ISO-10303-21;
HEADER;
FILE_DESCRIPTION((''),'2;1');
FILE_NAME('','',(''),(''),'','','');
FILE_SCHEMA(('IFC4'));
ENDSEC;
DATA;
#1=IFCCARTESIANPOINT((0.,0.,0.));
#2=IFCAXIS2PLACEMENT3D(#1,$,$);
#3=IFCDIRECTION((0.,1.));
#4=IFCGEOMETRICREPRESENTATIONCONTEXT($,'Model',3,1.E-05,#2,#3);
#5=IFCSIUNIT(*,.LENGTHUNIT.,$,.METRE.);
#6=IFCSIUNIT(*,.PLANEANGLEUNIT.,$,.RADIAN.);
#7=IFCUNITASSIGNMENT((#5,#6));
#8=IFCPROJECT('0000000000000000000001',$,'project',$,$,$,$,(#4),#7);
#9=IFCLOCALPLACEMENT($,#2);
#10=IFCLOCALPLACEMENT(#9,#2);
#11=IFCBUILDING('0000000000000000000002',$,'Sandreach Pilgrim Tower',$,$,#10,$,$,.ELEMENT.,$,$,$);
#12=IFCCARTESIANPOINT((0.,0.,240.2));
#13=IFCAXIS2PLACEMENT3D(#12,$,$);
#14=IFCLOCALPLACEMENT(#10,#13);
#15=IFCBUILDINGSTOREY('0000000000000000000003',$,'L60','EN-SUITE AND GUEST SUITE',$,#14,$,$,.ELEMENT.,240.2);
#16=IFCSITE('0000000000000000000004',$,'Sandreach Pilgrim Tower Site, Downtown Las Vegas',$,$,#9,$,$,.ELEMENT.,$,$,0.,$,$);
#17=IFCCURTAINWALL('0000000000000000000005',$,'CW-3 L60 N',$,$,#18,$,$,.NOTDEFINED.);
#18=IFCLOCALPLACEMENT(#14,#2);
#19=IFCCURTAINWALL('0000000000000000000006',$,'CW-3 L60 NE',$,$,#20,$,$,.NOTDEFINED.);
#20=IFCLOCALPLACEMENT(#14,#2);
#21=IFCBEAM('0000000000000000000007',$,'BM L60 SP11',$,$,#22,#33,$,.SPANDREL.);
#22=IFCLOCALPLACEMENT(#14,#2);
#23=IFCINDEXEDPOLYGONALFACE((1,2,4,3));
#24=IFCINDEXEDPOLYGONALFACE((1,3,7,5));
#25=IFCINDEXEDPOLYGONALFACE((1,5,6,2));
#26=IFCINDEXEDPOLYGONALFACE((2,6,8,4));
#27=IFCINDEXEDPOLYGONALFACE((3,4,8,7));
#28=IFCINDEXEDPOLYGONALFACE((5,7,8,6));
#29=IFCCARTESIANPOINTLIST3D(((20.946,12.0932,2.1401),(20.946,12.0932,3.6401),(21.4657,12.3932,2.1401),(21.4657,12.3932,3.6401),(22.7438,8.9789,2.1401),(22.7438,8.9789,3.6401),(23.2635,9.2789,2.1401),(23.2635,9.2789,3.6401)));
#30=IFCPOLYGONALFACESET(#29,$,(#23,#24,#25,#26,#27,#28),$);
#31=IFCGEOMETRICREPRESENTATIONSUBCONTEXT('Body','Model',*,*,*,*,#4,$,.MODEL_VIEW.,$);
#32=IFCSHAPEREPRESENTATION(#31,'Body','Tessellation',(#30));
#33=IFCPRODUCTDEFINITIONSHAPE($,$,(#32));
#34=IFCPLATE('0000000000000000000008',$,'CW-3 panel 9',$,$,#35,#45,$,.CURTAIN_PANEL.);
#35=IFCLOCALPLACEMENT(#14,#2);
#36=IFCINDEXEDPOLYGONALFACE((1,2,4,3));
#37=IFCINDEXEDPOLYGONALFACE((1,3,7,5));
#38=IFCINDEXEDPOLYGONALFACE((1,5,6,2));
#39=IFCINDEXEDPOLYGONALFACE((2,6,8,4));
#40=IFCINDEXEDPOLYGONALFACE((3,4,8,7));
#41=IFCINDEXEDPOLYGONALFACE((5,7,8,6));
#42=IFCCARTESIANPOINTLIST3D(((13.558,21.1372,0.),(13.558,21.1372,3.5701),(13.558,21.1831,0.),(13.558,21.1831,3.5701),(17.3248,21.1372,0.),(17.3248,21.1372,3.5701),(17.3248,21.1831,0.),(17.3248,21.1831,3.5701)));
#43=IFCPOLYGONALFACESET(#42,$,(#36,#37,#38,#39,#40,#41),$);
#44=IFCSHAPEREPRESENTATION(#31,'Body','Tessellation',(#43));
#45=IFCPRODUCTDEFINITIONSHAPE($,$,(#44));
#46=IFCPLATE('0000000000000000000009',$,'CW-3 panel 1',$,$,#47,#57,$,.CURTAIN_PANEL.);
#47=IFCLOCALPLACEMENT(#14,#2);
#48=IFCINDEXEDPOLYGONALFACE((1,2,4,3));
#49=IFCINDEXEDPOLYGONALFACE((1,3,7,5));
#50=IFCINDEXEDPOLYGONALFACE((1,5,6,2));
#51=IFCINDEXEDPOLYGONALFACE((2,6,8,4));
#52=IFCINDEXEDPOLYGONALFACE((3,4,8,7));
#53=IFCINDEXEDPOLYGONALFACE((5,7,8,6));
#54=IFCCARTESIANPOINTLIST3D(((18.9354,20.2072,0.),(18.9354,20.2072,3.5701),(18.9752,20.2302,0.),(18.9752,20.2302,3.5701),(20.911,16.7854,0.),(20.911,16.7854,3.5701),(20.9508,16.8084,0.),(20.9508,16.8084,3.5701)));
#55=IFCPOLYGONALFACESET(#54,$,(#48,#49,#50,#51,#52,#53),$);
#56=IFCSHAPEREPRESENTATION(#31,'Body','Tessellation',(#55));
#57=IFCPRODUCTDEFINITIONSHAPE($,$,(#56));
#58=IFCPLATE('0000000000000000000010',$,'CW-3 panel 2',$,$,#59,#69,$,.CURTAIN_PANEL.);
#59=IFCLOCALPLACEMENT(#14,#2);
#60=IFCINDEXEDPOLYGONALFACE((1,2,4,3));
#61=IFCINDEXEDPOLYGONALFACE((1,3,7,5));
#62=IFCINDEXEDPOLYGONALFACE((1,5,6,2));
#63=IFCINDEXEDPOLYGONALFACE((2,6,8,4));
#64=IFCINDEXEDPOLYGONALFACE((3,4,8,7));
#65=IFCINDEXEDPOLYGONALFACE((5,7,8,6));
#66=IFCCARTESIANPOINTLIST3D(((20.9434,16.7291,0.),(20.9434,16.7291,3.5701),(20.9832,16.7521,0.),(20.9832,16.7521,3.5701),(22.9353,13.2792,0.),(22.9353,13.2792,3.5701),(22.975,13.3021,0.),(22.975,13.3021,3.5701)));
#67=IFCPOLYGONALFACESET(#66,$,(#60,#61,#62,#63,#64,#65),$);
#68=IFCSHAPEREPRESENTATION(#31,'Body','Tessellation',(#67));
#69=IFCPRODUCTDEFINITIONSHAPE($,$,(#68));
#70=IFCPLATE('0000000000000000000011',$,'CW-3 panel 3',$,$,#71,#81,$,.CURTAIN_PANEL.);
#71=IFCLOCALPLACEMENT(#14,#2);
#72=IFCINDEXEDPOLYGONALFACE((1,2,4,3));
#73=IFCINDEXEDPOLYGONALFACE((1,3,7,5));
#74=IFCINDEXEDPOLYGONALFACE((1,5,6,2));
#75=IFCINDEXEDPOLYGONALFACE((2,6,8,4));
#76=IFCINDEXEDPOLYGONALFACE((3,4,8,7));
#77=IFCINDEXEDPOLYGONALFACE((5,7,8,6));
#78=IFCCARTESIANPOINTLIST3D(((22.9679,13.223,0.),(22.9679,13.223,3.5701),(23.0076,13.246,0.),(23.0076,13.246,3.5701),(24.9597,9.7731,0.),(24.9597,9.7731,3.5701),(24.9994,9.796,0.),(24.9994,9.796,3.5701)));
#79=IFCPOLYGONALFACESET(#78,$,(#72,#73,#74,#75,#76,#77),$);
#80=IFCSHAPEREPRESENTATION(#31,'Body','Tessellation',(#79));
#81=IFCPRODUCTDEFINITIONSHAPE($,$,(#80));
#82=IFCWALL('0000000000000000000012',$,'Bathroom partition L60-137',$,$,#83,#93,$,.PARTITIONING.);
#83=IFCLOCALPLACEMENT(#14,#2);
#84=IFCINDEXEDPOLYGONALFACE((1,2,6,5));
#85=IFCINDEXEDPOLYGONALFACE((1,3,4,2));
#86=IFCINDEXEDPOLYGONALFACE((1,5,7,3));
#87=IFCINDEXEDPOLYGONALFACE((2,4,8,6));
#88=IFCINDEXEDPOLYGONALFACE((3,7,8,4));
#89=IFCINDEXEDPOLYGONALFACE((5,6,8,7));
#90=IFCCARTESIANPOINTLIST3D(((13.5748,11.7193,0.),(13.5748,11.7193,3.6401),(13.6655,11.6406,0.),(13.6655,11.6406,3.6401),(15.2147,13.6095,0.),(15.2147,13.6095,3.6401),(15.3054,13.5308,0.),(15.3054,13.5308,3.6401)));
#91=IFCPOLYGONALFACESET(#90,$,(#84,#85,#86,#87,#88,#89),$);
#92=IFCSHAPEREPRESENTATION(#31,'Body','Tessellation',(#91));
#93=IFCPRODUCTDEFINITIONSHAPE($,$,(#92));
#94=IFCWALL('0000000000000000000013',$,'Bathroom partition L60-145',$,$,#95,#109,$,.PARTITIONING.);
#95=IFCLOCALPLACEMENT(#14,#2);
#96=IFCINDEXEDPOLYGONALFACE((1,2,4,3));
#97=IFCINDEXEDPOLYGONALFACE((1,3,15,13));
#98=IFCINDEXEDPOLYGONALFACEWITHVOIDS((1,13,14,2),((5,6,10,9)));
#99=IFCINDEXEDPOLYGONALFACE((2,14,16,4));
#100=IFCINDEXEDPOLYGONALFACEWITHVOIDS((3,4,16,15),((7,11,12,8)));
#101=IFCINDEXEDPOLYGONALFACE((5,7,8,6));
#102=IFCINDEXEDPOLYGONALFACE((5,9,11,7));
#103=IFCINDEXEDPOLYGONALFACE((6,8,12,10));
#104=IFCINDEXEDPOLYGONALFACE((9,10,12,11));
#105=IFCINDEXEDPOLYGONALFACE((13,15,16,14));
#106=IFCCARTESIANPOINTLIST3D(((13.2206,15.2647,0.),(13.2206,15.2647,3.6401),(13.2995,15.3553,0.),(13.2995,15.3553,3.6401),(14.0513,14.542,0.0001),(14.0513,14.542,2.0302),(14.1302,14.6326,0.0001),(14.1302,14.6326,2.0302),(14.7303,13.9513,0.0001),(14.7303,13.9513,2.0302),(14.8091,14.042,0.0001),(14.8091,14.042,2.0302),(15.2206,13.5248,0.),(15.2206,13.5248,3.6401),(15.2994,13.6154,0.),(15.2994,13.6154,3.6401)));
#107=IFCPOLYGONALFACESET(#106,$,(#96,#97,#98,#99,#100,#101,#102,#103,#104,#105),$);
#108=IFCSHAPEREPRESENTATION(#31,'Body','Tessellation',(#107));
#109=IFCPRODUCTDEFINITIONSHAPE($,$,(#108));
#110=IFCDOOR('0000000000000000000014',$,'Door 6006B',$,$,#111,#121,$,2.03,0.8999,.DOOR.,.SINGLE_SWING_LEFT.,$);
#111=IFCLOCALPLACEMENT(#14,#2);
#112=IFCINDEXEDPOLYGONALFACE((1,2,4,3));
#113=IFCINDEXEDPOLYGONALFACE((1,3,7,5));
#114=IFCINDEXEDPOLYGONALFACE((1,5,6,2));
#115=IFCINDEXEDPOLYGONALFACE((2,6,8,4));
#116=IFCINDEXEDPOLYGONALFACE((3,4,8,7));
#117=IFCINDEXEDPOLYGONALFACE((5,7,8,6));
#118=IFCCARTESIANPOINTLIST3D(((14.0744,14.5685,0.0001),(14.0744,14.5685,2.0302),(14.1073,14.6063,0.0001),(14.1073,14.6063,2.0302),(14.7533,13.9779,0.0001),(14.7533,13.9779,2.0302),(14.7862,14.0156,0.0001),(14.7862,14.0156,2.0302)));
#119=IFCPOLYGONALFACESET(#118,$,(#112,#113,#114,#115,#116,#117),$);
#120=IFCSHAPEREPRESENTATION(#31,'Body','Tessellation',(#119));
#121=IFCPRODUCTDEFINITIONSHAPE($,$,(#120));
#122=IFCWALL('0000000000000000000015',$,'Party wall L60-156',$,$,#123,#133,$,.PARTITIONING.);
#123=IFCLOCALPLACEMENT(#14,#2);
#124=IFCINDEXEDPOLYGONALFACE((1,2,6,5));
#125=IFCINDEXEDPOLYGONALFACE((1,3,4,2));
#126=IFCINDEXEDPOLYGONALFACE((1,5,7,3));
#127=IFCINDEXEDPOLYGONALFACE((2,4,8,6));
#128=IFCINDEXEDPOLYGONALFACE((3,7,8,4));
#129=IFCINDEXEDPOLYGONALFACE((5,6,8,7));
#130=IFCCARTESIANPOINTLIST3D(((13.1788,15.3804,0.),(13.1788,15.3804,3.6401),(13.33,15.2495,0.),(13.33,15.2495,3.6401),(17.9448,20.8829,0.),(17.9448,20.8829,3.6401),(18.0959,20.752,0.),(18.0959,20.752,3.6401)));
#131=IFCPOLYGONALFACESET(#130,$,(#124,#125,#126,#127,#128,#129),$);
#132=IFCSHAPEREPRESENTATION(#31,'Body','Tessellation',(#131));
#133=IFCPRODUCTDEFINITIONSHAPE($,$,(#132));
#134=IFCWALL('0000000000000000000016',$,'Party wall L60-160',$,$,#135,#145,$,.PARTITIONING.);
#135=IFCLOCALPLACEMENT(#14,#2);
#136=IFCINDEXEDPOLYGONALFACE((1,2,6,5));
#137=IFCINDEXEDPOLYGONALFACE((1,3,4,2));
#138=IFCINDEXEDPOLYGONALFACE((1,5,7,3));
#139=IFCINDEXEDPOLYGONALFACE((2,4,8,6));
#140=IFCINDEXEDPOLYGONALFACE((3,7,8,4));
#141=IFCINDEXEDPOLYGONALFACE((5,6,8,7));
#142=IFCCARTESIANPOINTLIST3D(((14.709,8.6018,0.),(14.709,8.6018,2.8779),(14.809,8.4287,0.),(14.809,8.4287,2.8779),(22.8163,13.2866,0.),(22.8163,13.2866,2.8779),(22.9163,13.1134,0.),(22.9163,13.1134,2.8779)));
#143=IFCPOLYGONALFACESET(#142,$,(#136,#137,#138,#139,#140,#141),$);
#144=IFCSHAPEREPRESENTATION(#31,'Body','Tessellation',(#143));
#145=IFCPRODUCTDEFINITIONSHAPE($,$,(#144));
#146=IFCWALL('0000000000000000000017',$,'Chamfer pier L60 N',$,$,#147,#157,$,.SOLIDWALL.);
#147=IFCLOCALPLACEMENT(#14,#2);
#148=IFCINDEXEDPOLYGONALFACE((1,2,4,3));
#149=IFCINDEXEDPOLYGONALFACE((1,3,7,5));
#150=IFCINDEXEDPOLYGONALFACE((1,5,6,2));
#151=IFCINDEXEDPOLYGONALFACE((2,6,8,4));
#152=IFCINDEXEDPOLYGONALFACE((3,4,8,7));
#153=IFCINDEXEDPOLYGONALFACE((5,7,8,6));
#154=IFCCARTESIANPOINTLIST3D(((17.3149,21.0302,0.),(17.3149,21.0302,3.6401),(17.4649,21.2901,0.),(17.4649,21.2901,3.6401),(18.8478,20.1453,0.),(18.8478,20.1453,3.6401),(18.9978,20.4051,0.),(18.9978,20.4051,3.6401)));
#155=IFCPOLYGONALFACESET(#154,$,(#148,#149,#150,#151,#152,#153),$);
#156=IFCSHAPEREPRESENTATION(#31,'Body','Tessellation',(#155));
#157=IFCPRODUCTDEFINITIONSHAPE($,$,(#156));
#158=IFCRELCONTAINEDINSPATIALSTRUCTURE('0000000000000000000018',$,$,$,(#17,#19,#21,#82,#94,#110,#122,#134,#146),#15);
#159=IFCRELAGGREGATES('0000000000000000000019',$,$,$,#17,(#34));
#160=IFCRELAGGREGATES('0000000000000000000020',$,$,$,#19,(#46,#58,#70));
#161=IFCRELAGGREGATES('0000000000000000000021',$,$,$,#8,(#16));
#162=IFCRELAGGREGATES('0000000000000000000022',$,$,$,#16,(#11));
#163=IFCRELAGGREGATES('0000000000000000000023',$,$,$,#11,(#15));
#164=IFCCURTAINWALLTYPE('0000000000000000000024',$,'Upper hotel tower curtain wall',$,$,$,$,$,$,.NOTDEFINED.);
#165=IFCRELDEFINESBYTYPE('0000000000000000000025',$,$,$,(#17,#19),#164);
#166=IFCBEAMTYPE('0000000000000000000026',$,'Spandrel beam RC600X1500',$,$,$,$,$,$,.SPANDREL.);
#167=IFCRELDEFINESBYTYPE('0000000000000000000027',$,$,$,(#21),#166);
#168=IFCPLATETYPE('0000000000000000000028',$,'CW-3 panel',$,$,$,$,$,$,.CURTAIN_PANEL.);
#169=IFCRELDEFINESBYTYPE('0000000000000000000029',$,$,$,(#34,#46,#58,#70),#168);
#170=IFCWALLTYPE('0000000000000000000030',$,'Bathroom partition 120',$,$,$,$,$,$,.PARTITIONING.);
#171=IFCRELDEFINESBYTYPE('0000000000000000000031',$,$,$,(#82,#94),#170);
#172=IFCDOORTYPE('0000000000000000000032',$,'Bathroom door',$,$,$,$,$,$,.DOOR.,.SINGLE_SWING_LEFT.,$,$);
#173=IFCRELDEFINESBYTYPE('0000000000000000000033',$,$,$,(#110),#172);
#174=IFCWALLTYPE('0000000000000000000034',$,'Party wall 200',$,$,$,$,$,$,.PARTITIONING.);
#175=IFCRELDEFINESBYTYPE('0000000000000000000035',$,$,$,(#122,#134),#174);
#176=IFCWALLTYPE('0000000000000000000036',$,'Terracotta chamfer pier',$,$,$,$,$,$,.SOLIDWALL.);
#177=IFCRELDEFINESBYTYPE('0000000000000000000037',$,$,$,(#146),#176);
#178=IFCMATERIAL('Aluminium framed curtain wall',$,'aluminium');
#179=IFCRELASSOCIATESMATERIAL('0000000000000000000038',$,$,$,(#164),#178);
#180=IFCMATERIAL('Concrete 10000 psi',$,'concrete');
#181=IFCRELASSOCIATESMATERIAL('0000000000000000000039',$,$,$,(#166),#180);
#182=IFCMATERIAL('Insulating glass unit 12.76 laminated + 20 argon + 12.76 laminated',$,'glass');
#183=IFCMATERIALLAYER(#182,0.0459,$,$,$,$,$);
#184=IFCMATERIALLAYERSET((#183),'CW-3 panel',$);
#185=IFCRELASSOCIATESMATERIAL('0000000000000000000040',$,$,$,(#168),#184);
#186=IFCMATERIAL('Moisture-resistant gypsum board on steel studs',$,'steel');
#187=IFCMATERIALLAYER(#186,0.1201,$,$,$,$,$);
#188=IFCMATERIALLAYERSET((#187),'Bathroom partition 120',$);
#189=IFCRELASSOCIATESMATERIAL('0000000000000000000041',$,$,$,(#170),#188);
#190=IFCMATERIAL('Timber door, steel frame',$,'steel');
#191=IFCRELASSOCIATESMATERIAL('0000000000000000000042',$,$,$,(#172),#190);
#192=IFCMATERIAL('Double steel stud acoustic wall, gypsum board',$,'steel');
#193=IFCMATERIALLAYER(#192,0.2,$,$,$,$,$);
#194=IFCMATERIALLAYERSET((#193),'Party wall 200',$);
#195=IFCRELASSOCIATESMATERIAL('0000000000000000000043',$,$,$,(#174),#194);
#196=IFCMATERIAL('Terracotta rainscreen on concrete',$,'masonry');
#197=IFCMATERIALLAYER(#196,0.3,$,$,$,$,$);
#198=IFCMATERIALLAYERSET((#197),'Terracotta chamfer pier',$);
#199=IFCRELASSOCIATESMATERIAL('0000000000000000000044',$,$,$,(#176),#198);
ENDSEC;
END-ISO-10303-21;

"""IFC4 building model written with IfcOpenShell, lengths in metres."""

from ifc_helpers import new_model, si_unit, direction, frame, frame_2d, origin, origin_2d, place, context, subcontext, project, spatial, rectangle, extrude, material, layer, layer_set, material_profile, profile_set, type_object, element, fill, aggregate, save


model = new_model("IFC4")

# Units and contexts
model_context = context("Model", 3, precision=1e-05, world=origin(), true_north=direction((0.0, 1.0)))
body_context = subcontext(model_context, "Body", "Model", "MODEL_VIEW")
ifc_project = project(units=[si_unit("LENGTHUNIT", "METRE"), si_unit("PLANEANGLEUNIT", "RADIAN")], contexts=[model_context])

# Site, building, storey
site_placement = place(None, origin())
site = spatial("IfcSite", under=ifc_project, at=site_placement, Name="Sandreach Pilgrim Tower Site, Downtown Las Vegas", CompositionType="ELEMENT", RefElevation=0.0)
building_placement = place(site_placement, origin())
building = spatial("IfcBuilding", under=site, at=building_placement, Name="Sandreach Pilgrim Tower", CompositionType="ELEMENT")
storey_placement = place(building_placement, frame((0.0, 0.0, 240.2)))
storey = spatial("IfcBuildingStorey", under=building, at=storey_placement, Name="L60", Description="EN-SUITE AND GUEST SUITE", CompositionType="ELEMENT", Elevation=240.2)

# Curtain walls
ifc_material_1 = material(Name="Aluminium framed curtain wall", Category="aluminium")
curtain_wall_type = type_object("IfcCurtainWallType", Name="Upper hotel tower curtain wall", PredefinedType="NOTDEFINED", material=ifc_material_1)
curtain_wall_1_placement = place(storey_placement, origin())
curtain_wall_1 = element("IfcCurtainWall", 1, at=curtain_wall_1_placement, inside=storey, type_object=curtain_wall_type, Name="CW-3 L60 N", PredefinedType="NOTDEFINED")
curtain_wall_2_placement = place(storey_placement, origin())
curtain_wall_2 = element("IfcCurtainWall", 2, at=curtain_wall_2_placement, inside=storey, type_object=curtain_wall_type, Name="CW-3 L60 NE", PredefinedType="NOTDEFINED")

# Beam
ifc_material_2 = material(Name="Concrete 10000 psi", Category="concrete")
ifc_material_profile_1 = material_profile(ifc_material_2, rectangle(XDim=0.6001, YDim=1.5, at=origin_2d()), Name="RC600X1500")
ifc_profile_set_1 = profile_set([ifc_material_profile_1], Name="Concrete 10000 psi")
beam_type_1 = type_object("IfcBeamType", Name="Spandrel beam RC600X1500", PredefinedType="SPANDREL", material=ifc_profile_set_1)
beam_1_placement = place(storey_placement, frame((21.2058, 12.2432, 2.8901), z_axis=(0.499965, -0.866045, 0.0), x_axis=(0.866045, 0.499965, 0.0)))
element("IfcBeam", 3, at=beam_1_placement, inside=storey, type_object=beam_type_1, Name="BM L60 SP11", PredefinedType="SPANDREL", context=body_context, shape_type="SweptSolid", body=[
    extrude(rectangle(XDim=0.6001, YDim=1.5, at=origin_2d()), origin(), (0.0, 0.0, 1.0), 3.5959),
])

# Plates
ifc_material_3 = material(Name="Insulating glass unit 12.76 laminated + 20 argon + 12.76 laminated", Category="glass")
ifc_layer_1 = layer(ifc_material_3, 0.0459)
ifc_layer_set_1 = layer_set([ifc_layer_1], Name="CW-3 panel")
plate_type = type_object("IfcPlateType", Name="CW-3 panel", PredefinedType="CURTAIN_PANEL", material=ifc_layer_set_1)
plate_1_placement = place(storey_placement, frame((15.4414, 21.1602, 0.0), z_axis=(0.0, 0.0, 1.0), x_axis=(1.0, 0.0, 0.0)))
plate_1 = element("IfcPlate", 4, at=plate_1_placement, type_object=plate_type, Name="CW-3 panel 9", PredefinedType="CURTAIN_PANEL", context=body_context, shape_type="SweptSolid", body=[
    extrude(rectangle(XDim=3.7668, YDim=0.0459, at=origin_2d()), origin(), (0.0, 0.0, 1.0), 3.5701),
])
aggregate(curtain_wall_1, [plate_1])
plate_2_placement = place(storey_placement, frame((19.9431, 18.5078, 0.0), z_axis=(0.0, 0.0, 1.0), x_axis=(0.5, -0.866025, 0.0)))
plate_2 = element("IfcPlate", 5, at=plate_2_placement, type_object=plate_type, Name="CW-3 panel 1", PredefinedType="CURTAIN_PANEL", context=body_context, shape_type="SweptSolid", body=[
    extrude(rectangle(XDim=3.9512, YDim=0.0459, at=origin_2d()), origin(), (0.0, 0.0, 1.0), 3.5701),
])
plate_3_placement = place(storey_placement, frame((21.9592, 15.0156, 0.0), z_axis=(0.0, 0.0, 1.0), x_axis=(0.5, -0.866025, 0.0)))
plate_3 = element("IfcPlate", 6, at=plate_3_placement, type_object=plate_type, Name="CW-3 panel 2", PredefinedType="CURTAIN_PANEL", context=body_context, shape_type="SweptSolid", body=[
    extrude(rectangle(XDim=3.9836, YDim=0.0459, at=origin_2d()), origin(), (0.0, 0.0, 1.0), 3.5701),
])
plate_4_placement = place(storey_placement, frame((23.9836, 11.5095, 0.0), z_axis=(0.0, 0.0, 1.0), x_axis=(0.5, -0.866025, 0.0)))
plate_4 = element("IfcPlate", 7, at=plate_4_placement, type_object=plate_type, Name="CW-3 panel 3", PredefinedType="CURTAIN_PANEL", context=body_context, shape_type="SweptSolid", body=[
    extrude(rectangle(XDim=3.9836, YDim=0.0459, at=origin_2d()), origin(), (0.0, 0.0, 1.0), 3.5701),
])
aggregate(curtain_wall_2, [plate_2, plate_3, plate_4])

# Wall
ifc_material_4 = material(Name="Moisture-resistant gypsum board on steel studs", Category="steel")
ifc_layer_2 = layer(ifc_material_4, 0.1201)
ifc_layer_set_2 = layer_set([ifc_layer_2], Name="Bathroom partition 120")
wall_type_1 = type_object("IfcWallType", Name="Bathroom partition 120", PredefinedType="PARTITIONING", material=ifc_layer_set_2)
wall_1_placement = place(storey_placement, frame((13.6201, 11.6799, 0.0), z_axis=(0.0, 0.0, 1.0), x_axis=(0.655335, 0.755338, 0.0)))
element("IfcWall", 8, at=wall_1_placement, inside=storey, type_object=wall_type_1, Name="Bathroom partition L60-137", PredefinedType="PARTITIONING", context=body_context, shape_type="SweptSolid", body=[
    extrude(rectangle(XDim=2.5024, YDim=0.1201, at=frame_2d((1.2512, 0.0))), origin(), (0.0, 0.0, 1.0), 3.6401),
])

# Wall, opening, door
wall_2_placement = place(storey_placement, frame((15.26, 13.5701, 0.0), z_axis=(0.0, 0.0, 1.0), x_axis=(-0.754445, 0.656363, 0.0)))
wall_2 = element("IfcWall", 9, at=wall_2_placement, inside=storey, type_object=wall_type_1, Name="Bathroom partition L60-145", PredefinedType="PARTITIONING", context=body_context, shape_type="SweptSolid", body=[
    extrude(rectangle(XDim=2.6509, YDim=0.1201, at=frame_2d((1.3254, 0.0))), origin(), (0.0, 0.0, 1.0), 3.6401),
])
opening_placement = place(wall_2_placement, frame((0.6499, 0.0, 0.0)))
opening = element("IfcOpeningElement", 10, at=opening_placement, cuts=wall_2, PredefinedType="OPENING", context=body_context, shape_type="SweptSolid", body=[
    extrude(rectangle(XDim=0.8999, YDim=2.03, at=frame_2d((0.45, 1.0151))), frame((0.0, 0.0601, 0.0), z_axis=(0.0, -1.0, 0.0), x_axis=(1.0, 0.0, 0.0)), (0.0, 0.0, 1.0), 0.1201),
])
ifc_material_5 = material(Name="Timber door, steel frame", Category="steel")
door_type = type_object("IfcDoorType", Name="Bathroom door", OperationType="SINGLE_SWING_LEFT", PredefinedType="DOOR", material=ifc_material_5)
door_placement = place(opening_placement, origin())
door = element("IfcDoor", 11, at=door_placement, inside=storey, type_object=door_type, Name="Door 6006B", OperationType="SINGLE_SWING_LEFT", OverallHeight=2.03, OverallWidth=0.8999, PredefinedType="DOOR", context=body_context, shape_type="SweptSolid", body=[
    extrude(rectangle(XDim=0.8999, YDim=2.03, at=frame_2d((0.45, 1.0151))), frame((0.0, 0.0249, 0.0), z_axis=(0.0, -1.0, 0.0), x_axis=(1.0, 0.0, 0.0)), (0.0, 0.0, 1.0), 0.05),
])
fill(opening, door)

# Walls
ifc_material_6 = material(Name="Double steel stud acoustic wall, gypsum board", Category="steel")
ifc_layer_3 = layer(ifc_material_6, 0.2)
ifc_layer_set_3 = layer_set([ifc_layer_3], Name="Party wall 200")
wall_type_2 = type_object("IfcWallType", Name="Party wall 200", PredefinedType="PARTITIONING", material=ifc_layer_set_3)
wall_3_placement = place(storey_placement, frame((18.0203, 20.8174, 0.0), z_axis=(0.0, 0.0, 1.0), x_axis=(-0.654702, -0.755887, 0.0)))
element("IfcWall", 12, at=wall_3_placement, inside=storey, type_object=wall_type_2, Name="Party wall L60-156", PredefinedType="PARTITIONING", context=body_context, shape_type="SweptSolid", body=[
    extrude(rectangle(XDim=7.2795, YDim=0.2, at=frame_2d((3.6396, 0.0))), origin(), (0.0, 0.0, 1.0), 3.6401),
])
wall_4_placement = place(storey_placement, frame((22.8662, 13.2, 0.0), z_axis=(0.0, 0.0, 1.0), x_axis=(-0.865841, -0.50032, 0.0)))
element("IfcWall", 13, at=wall_4_placement, inside=storey, type_object=wall_type_2, Name="Party wall L60-160", PredefinedType="PARTITIONING", context=body_context, shape_type="SweptSolid", body=[
    extrude(rectangle(XDim=9.3635, YDim=0.2, at=frame_2d((4.6816, 0.0))), origin(), (0.0, 0.0, 1.0), 2.8779),
])
ifc_material_7 = material(Name="Terracotta rainscreen on concrete", Category="masonry")
ifc_layer_4 = layer(ifc_material_7, 0.3)
ifc_layer_set_4 = layer_set([ifc_layer_4], Name="Terracotta chamfer pier")
wall_type_3 = type_object("IfcWallType", Name="Terracotta chamfer pier", PredefinedType="SOLIDWALL", material=ifc_layer_set_4)
wall_5_placement = place(storey_placement, frame((17.3899, 21.1602, 0.0), z_axis=(0.0, 0.0, 1.0), x_axis=(0.866036, -0.499981, 0.0)))
element("IfcWall", 14, at=wall_5_placement, inside=storey, type_object=wall_type_3, Name="Chamfer pier L60 N", PredefinedType="SOLIDWALL", context=body_context, shape_type="SweptSolid", body=[
    extrude(rectangle(XDim=1.77, YDim=0.3, at=frame_2d((0.885, 0.0))), origin(), (0.0, 0.0, 1.0), 3.6401),
])

save(model, "model.ifc")
